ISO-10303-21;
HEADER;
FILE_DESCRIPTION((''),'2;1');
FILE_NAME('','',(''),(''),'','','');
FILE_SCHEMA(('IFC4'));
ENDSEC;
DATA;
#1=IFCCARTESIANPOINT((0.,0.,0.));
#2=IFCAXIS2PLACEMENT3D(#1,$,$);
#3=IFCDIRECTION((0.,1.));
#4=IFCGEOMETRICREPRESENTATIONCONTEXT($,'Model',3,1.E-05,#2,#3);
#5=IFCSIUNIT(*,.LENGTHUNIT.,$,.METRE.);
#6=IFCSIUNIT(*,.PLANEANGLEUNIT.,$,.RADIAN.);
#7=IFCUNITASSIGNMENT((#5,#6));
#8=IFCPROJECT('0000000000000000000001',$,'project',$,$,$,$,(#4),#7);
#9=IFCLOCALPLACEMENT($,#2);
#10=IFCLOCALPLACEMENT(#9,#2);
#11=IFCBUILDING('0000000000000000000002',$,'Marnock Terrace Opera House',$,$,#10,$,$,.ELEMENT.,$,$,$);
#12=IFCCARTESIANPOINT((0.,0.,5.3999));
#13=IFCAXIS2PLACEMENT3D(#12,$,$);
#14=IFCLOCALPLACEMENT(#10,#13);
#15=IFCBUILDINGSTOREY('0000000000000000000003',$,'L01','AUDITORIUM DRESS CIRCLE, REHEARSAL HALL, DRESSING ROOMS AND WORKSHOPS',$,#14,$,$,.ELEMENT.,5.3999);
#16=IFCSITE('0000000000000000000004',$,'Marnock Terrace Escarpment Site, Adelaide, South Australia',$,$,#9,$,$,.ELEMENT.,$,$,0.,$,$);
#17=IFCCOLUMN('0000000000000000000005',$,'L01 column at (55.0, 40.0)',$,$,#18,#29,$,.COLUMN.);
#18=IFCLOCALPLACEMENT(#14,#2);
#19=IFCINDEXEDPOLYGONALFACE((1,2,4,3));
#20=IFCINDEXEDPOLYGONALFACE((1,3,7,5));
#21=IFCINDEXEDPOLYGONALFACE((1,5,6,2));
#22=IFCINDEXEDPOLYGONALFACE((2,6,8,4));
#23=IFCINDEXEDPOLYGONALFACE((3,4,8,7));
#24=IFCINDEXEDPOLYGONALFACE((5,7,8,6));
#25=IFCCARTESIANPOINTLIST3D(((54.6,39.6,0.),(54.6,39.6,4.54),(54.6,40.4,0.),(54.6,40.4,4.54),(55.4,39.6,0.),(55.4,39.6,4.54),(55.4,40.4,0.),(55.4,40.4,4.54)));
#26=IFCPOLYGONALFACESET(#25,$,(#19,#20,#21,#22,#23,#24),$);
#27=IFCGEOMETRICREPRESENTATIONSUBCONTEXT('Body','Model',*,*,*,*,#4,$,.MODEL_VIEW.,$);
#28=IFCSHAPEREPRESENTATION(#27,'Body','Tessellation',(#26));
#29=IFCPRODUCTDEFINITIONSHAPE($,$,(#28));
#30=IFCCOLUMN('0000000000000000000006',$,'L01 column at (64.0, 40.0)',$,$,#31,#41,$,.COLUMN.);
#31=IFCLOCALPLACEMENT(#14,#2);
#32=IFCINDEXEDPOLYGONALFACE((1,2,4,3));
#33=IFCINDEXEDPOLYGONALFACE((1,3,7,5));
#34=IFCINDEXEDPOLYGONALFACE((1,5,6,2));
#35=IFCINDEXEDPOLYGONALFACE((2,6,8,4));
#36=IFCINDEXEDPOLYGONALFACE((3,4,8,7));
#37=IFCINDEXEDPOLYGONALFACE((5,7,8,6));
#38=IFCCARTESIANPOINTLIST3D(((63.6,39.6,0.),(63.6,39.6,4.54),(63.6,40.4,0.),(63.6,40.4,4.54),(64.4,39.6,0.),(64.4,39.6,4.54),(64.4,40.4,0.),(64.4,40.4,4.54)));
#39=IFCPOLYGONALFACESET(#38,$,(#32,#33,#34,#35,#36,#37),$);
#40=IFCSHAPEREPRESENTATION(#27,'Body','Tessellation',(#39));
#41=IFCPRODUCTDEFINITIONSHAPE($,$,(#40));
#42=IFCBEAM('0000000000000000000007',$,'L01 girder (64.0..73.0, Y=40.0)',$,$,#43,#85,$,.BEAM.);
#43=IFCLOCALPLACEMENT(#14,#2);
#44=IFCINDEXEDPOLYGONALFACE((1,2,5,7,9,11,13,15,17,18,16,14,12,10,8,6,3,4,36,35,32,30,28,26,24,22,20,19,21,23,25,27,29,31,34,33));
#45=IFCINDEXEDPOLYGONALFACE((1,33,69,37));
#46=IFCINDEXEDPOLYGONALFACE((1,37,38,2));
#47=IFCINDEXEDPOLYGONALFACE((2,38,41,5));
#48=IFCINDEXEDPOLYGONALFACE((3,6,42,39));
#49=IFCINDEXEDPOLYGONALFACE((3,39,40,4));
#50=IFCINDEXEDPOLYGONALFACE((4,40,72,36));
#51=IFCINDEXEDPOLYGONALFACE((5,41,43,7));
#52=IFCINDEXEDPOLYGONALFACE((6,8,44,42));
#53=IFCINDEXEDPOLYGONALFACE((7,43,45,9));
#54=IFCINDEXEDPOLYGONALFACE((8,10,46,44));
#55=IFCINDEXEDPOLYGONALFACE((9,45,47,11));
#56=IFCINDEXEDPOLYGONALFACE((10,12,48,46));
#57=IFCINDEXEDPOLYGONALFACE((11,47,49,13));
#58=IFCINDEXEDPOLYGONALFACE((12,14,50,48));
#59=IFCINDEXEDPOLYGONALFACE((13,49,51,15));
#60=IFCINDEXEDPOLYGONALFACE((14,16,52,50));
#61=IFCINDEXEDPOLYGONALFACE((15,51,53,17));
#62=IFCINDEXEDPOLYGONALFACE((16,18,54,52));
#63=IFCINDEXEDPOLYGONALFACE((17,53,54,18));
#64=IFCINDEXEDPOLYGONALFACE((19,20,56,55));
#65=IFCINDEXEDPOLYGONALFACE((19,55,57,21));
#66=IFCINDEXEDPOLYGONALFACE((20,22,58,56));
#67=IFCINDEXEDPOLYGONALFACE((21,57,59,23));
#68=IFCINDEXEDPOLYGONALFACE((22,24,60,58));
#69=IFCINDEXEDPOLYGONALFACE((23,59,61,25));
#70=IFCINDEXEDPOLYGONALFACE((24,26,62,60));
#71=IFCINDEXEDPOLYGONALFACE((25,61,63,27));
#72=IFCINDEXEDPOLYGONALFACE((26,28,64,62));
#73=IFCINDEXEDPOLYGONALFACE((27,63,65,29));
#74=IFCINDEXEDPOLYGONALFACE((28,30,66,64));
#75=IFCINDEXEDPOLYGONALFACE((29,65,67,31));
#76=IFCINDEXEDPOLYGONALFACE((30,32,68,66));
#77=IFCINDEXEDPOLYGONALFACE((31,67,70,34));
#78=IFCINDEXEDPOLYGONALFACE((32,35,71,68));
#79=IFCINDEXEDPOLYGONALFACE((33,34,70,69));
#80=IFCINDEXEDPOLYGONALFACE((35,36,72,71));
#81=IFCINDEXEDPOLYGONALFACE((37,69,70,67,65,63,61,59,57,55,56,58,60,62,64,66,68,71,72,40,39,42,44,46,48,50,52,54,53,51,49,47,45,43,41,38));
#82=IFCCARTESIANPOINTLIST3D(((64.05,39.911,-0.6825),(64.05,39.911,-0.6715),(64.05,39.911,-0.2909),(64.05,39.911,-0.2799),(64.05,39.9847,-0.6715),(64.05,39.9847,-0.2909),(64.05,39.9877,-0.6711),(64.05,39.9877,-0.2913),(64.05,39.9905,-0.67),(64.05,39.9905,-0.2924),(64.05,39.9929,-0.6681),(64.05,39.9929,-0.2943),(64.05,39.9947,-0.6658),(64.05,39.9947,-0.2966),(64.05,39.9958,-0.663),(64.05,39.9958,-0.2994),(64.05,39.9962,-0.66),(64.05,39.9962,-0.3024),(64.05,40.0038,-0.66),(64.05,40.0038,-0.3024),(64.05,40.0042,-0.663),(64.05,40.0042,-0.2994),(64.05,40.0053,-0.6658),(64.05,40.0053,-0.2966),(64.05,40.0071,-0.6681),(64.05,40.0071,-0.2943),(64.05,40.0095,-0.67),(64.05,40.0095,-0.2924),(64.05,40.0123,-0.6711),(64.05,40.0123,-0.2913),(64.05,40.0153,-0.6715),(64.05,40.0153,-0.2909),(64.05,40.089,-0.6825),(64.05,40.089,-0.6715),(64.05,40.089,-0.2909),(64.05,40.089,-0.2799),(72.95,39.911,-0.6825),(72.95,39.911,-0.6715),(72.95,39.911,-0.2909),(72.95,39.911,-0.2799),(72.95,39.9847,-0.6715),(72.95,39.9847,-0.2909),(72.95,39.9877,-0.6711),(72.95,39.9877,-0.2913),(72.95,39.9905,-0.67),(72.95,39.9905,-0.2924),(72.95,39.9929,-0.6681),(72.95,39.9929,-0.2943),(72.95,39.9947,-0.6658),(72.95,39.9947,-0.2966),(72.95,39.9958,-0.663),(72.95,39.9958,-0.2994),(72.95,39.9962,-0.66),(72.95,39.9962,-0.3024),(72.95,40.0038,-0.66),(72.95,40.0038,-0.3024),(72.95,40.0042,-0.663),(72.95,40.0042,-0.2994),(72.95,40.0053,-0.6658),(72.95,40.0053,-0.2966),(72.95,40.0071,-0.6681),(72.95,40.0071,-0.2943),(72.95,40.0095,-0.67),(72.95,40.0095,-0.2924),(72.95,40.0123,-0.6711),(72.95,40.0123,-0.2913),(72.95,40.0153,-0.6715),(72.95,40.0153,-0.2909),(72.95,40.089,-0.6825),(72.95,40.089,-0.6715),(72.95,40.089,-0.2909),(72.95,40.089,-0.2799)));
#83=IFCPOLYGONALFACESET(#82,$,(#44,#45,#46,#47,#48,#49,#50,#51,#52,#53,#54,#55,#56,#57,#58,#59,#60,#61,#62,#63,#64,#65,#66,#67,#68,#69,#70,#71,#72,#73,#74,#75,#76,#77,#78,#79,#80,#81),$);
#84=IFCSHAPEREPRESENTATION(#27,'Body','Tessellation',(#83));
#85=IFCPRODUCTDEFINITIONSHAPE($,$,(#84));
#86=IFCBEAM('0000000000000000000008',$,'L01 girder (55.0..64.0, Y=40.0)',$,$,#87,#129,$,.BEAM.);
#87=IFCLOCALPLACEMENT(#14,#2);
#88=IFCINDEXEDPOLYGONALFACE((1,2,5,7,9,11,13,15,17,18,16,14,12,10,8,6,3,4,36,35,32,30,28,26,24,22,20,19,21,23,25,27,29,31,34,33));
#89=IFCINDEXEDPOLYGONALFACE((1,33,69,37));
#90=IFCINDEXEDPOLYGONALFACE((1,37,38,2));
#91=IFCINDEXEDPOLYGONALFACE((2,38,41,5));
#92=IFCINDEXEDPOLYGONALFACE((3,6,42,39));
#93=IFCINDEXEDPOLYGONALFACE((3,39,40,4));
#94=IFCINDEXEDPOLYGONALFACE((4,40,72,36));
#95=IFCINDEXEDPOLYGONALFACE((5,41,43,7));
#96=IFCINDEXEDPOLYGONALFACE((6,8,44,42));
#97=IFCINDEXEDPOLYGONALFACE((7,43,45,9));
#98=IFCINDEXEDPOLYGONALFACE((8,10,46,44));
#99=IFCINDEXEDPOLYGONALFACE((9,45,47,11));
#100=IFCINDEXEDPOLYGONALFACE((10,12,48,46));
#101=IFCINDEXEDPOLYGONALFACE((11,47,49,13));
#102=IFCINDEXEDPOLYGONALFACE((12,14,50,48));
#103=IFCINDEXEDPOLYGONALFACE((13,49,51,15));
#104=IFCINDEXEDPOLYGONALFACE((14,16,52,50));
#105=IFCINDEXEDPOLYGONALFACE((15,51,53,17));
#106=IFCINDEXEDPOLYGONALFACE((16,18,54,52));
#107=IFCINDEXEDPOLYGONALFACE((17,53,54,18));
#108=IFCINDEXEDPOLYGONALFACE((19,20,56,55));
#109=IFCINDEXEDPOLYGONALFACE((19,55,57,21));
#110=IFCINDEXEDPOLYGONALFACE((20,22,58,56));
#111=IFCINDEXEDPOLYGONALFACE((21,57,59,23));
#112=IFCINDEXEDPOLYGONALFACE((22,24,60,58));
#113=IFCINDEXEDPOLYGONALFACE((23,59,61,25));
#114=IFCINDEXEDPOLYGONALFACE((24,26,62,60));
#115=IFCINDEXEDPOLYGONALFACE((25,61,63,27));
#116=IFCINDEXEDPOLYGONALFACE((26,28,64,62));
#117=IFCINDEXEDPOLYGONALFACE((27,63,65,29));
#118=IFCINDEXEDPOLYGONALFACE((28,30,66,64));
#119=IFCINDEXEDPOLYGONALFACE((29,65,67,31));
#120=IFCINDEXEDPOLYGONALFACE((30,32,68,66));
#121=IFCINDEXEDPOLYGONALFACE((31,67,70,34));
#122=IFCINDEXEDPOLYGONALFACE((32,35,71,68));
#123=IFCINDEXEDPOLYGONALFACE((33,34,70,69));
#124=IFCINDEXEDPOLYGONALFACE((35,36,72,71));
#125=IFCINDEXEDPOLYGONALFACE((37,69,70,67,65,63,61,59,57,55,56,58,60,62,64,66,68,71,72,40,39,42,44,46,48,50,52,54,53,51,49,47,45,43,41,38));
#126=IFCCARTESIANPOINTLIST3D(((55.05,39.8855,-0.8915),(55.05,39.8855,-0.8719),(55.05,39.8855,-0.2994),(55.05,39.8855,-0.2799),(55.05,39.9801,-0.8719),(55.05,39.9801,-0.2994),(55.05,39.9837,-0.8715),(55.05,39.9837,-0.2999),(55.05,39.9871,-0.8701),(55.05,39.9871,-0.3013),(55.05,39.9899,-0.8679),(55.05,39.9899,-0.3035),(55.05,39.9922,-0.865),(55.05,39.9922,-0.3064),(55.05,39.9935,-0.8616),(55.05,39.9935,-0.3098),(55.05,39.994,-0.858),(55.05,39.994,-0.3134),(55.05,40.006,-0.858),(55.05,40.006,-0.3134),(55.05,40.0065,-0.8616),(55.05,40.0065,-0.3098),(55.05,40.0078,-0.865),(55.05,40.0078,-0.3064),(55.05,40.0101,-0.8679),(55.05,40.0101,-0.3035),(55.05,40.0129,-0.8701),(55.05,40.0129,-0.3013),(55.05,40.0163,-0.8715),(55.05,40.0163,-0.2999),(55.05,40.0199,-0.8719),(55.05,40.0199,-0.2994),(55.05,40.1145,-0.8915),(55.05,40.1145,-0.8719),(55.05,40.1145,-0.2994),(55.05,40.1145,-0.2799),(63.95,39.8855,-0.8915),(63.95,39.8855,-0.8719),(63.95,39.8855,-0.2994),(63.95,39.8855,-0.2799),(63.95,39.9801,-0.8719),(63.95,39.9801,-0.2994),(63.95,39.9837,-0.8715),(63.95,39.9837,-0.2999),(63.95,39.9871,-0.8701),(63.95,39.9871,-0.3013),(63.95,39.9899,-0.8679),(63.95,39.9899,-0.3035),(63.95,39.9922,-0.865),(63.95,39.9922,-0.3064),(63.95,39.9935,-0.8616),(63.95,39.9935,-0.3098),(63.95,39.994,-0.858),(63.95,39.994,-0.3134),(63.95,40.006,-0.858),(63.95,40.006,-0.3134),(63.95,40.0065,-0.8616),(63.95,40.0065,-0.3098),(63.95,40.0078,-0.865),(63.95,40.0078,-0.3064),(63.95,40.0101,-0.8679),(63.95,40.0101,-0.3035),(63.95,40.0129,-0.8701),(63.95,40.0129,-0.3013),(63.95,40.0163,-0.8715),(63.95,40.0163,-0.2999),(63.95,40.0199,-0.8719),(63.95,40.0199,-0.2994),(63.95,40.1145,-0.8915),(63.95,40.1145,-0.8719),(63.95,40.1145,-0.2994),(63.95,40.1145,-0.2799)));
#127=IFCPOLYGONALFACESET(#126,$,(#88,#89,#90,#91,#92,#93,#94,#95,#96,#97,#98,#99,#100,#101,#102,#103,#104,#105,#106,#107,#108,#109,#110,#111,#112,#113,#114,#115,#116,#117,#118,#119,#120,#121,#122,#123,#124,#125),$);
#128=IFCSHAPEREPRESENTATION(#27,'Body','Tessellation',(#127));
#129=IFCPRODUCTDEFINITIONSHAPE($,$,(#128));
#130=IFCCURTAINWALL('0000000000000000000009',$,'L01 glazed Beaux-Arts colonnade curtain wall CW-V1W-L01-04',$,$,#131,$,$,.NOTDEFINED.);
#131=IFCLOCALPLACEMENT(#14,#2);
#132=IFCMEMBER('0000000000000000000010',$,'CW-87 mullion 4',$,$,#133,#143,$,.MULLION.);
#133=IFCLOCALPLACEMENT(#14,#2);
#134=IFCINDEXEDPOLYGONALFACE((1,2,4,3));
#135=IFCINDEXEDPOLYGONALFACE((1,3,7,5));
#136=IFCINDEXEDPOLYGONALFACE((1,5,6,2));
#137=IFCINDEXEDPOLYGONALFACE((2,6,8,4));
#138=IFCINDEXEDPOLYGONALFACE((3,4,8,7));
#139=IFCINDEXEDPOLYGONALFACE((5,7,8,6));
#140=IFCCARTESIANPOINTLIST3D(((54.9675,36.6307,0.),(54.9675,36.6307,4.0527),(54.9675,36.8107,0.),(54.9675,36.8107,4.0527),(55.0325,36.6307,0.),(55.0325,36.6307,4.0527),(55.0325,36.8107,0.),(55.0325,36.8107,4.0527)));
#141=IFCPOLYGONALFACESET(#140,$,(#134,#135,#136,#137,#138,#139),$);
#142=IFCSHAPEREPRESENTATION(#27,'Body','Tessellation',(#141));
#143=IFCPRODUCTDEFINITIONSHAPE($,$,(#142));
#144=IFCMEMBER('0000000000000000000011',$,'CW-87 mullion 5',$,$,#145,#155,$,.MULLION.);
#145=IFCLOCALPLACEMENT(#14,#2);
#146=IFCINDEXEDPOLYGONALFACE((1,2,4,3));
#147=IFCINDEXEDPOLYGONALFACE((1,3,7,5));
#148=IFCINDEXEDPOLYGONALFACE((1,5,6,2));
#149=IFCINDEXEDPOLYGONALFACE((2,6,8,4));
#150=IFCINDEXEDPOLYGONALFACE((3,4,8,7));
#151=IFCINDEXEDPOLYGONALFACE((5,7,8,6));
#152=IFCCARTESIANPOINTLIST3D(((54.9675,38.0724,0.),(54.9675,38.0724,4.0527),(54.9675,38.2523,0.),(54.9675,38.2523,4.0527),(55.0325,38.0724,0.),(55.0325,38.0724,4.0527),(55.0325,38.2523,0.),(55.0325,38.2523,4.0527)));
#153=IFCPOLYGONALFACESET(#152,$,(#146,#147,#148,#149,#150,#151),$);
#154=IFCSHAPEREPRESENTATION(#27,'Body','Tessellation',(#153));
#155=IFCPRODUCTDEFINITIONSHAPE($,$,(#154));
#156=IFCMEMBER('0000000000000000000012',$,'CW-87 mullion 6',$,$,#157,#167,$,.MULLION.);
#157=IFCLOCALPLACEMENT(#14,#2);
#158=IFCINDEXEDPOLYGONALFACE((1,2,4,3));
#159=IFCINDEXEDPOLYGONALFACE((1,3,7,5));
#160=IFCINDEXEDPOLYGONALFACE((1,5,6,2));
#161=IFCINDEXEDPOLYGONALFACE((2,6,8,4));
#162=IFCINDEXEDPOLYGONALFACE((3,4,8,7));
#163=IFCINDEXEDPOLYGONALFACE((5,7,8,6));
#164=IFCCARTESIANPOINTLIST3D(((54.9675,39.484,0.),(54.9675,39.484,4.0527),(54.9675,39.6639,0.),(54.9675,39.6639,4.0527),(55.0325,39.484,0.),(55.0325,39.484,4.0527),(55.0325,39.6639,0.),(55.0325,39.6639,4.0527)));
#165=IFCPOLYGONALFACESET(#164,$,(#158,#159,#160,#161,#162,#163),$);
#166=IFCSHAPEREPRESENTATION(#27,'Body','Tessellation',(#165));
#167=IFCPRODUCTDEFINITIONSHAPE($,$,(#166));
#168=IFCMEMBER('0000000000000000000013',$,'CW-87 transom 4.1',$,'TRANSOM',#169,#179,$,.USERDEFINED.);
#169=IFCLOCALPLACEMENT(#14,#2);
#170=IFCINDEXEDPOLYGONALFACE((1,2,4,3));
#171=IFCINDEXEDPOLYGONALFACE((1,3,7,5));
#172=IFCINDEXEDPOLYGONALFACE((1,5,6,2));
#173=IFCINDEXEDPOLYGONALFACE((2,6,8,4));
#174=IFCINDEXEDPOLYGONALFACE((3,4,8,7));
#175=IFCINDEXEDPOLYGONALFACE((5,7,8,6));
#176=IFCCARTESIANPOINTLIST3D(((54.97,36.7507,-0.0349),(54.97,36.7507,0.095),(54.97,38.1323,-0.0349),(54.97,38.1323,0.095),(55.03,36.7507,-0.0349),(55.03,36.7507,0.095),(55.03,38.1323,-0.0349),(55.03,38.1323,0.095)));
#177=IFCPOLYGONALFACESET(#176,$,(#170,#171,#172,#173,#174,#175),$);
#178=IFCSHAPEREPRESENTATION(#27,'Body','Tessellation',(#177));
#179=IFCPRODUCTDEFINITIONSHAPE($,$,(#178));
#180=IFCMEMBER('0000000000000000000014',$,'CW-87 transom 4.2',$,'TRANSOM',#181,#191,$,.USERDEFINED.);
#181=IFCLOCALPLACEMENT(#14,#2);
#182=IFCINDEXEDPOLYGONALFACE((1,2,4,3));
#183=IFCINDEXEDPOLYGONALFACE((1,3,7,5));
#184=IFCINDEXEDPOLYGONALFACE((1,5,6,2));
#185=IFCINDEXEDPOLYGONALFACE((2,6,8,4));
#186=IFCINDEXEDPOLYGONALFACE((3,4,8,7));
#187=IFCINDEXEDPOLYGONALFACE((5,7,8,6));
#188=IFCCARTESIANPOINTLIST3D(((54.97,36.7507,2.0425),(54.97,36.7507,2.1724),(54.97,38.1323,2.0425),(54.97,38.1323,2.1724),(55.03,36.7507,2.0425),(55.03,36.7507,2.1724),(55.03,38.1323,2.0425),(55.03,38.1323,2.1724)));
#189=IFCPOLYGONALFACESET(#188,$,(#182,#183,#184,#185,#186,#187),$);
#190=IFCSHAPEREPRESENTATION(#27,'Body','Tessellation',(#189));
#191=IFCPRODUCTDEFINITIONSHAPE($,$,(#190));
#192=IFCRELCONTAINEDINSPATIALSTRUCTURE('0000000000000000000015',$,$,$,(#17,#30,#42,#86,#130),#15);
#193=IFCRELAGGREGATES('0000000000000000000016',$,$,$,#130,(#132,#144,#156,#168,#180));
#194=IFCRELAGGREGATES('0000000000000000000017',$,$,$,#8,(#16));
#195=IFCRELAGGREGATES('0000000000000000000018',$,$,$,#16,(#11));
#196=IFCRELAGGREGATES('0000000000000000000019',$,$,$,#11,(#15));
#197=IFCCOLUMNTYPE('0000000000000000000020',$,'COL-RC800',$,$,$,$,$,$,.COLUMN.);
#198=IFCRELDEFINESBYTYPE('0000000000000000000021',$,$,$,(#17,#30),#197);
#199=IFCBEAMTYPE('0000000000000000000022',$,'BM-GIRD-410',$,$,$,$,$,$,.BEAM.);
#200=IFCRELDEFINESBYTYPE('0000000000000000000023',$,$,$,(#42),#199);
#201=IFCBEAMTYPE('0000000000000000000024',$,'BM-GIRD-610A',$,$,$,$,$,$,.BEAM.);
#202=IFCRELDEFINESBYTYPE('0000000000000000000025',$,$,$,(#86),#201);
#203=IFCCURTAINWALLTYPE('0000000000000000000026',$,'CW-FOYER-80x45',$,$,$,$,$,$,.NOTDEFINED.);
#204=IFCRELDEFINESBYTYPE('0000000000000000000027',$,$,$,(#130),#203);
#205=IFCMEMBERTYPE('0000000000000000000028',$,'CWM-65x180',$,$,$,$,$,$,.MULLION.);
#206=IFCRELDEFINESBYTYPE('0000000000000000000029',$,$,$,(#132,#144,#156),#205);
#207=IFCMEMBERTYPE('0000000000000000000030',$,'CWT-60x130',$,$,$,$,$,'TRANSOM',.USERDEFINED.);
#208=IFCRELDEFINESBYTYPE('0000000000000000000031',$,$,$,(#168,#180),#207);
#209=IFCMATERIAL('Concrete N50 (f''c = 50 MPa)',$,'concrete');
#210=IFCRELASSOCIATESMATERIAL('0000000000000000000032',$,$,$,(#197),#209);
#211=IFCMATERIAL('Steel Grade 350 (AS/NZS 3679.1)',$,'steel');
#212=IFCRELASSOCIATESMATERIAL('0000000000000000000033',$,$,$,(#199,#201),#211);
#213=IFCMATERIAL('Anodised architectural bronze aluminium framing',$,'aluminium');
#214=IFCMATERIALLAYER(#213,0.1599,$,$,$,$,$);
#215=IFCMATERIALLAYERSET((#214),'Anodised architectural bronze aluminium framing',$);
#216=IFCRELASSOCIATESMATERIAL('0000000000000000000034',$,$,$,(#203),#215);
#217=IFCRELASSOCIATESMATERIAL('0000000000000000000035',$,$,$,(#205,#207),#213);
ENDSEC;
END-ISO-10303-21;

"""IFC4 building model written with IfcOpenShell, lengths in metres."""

from ifc_helpers import new_model, si_unit, direction, frame, origin, origin_2d, place, context, subcontext, project, spatial, rectangle, i_section, extrude, material, layer, layer_set, material_profile, profile_set, type_object, element, aggregate, save


model = new_model("IFC4")

# Units and contexts
model_context = context("Model", 3, precision=1e-05, world=origin(), true_north=direction((0.0, 1.0)))
body_context = subcontext(model_context, "Body", "Model", "MODEL_VIEW")
ifc_project = project(units=[si_unit("LENGTHUNIT", "METRE"), si_unit("PLANEANGLEUNIT", "RADIAN")], contexts=[model_context])

# Site, building, storey
site_placement = place(None, origin())
site = spatial("IfcSite", under=ifc_project, at=site_placement, Name="Marnock Terrace Escarpment Site, Adelaide, South Australia", CompositionType="ELEMENT", RefElevation=0.0)
building_placement = place(site_placement, origin())
building = spatial("IfcBuilding", under=site, at=building_placement, Name="Marnock Terrace Opera House", CompositionType="ELEMENT")
storey_placement = place(building_placement, frame((0.0, 0.0, 5.3999)))
storey = spatial("IfcBuildingStorey", under=building, at=storey_placement, Name="L01", Description="AUDITORIUM DRESS CIRCLE, REHEARSAL HALL, DRESSING ROOMS AND WORKSHOPS", CompositionType="ELEMENT", Elevation=5.3999)

# Columns
ifc_material_1 = material(Name="Concrete N50 (f'c = 50 MPa)", Category="concrete")
ifc_material_profile_1 = material_profile(ifc_material_1, rectangle(XDim=0.8, YDim=0.8, at=origin_2d()))
ifc_profile_set_1 = profile_set([ifc_material_profile_1], Name="Concrete N50 (f'c = 50 MPa)")
column_type = type_object("IfcColumnType", Name="COL-RC800", PredefinedType="COLUMN", material=ifc_profile_set_1)
for number, where, z_axis, x_axis, name in (
    (1, (55.0, 40.0, 0.0), (0.0, 0.0, 1.0), (1.0, 0.0, 0.0), "L01 column at (55.0, 40.0)"),
    (2, (64.0, 40.0, 0.0), (0.0, 0.0, 1.0), (1.0, 0.0, 0.0), "L01 column at (64.0, 40.0)"),
):
    element("IfcColumn", number, at=place(storey_placement, frame(where, z_axis=z_axis, x_axis=x_axis)), inside=storey, type_object=column_type, Name=name, PredefinedType="COLUMN", context=body_context, shape_type="SweptSolid", body=[
        extrude(rectangle(XDim=0.8, YDim=0.8, at=origin_2d()), origin(), (0.0, 0.0, 1.0), 4.54),
    ])

# Beams
ifc_material_2 = material(Name="Steel Grade 350 (AS/NZS 3679.1)", Category="steel")
ifc_material_profile_2 = material_profile(ifc_material_2, i_section(OverallWidth=0.178, OverallDepth=0.4026, WebThickness=0.0076, FlangeThickness=0.011, FilletRadius=0.0115, at=origin_2d()))
ifc_profile_set_2 = profile_set([ifc_material_profile_2], Name="Steel Grade 350 (AS/NZS 3679.1)")
beam_type_1 = type_object("IfcBeamType", Name="BM-GIRD-410", PredefinedType="BEAM", material=ifc_profile_set_2)
beam_1_placement = place(storey_placement, frame((64.05, 40.0, -0.4812), z_axis=(1.0, 0.0, 0.0), x_axis=(0.0, 1.0, 0.0)))
element("IfcBeam", 3, at=beam_1_placement, inside=storey, type_object=beam_type_1, Name="L01 girder (64.0..73.0, Y=40.0)", PredefinedType="BEAM", context=body_context, shape_type="SweptSolid", body=[
    extrude(i_section(OverallWidth=0.178, OverallDepth=0.4026, WebThickness=0.0076, FlangeThickness=0.011, FilletRadius=0.0115, at=origin_2d()), origin(), (0.0, 0.0, 1.0), 8.8999),
])
ifc_material_profile_3 = material_profile(ifc_material_2, i_section(OverallWidth=0.229, OverallDepth=0.6116, WebThickness=0.012, FlangeThickness=0.0195, FilletRadius=0.0139, at=origin_2d()))
ifc_profile_set_3 = profile_set([ifc_material_profile_3], Name="Steel Grade 350 (AS/NZS 3679.1)")
beam_type_2 = type_object("IfcBeamType", Name="BM-GIRD-610A", PredefinedType="BEAM", material=ifc_profile_set_3)
beam_2_placement = place(storey_placement, frame((55.05, 40.0, -0.5857), z_axis=(1.0, 0.0, 0.0), x_axis=(0.0, 1.0, 0.0)))
element("IfcBeam", 4, at=beam_2_placement, inside=storey, type_object=beam_type_2, Name="L01 girder (55.0..64.0, Y=40.0)", PredefinedType="BEAM", context=body_context, shape_type="SweptSolid", body=[
    extrude(i_section(OverallWidth=0.229, OverallDepth=0.6116, WebThickness=0.012, FlangeThickness=0.0195, FilletRadius=0.0139, at=origin_2d()), origin(), (0.0, 0.0, 1.0), 8.8999),
])

# Curtain wall, members
ifc_material_3 = material(Name="Anodised architectural bronze aluminium framing", Category="aluminium")
ifc_layer_1 = layer(ifc_material_3, 0.1599)
ifc_layer_set_1 = layer_set([ifc_layer_1], Name="Anodised architectural bronze aluminium framing")
curtain_wall_type = type_object("IfcCurtainWallType", Name="CW-FOYER-80x45", PredefinedType="NOTDEFINED", material=ifc_layer_set_1)
curtain_wall_placement = place(storey_placement, origin())
curtain_wall = element("IfcCurtainWall", 5, at=curtain_wall_placement, inside=storey, type_object=curtain_wall_type, Name="L01 glazed Beaux-Arts colonnade curtain wall CW-V1W-L01-04", PredefinedType="NOTDEFINED")
ifc_material_profile_4 = material_profile(ifc_material_3, rectangle(XDim=0.0649, YDim=0.1799, at=origin_2d()))
ifc_profile_set_4 = profile_set([ifc_material_profile_4], Name="Anodised architectural bronze aluminium framing")
member_type_1 = type_object("IfcMemberType", Name="CWM-65x180", PredefinedType="MULLION", material=ifc_profile_set_4)
member_1_placement = place(storey_placement, frame((55.0, 36.7207, 0.0), z_axis=(0.0, 0.0, 1.0), x_axis=(-1.0, 0.0, 0.0)))
member_1 = element("IfcMember", 6, at=member_1_placement, type_object=member_type_1, Name="CW-87 mullion 4", PredefinedType="MULLION", context=body_context, shape_type="SweptSolid", body=[
    extrude(rectangle(XDim=0.0649, YDim=0.1799, at=origin_2d()), origin(), (0.0, 0.0, 1.0), 4.0527),
])
member_2_placement = place(storey_placement, frame((55.0, 38.1624, 0.0), z_axis=(0.0, 0.0, 1.0), x_axis=(-1.0, 0.0, 0.0)))
member_2 = element("IfcMember", 7, at=member_2_placement, type_object=member_type_1, Name="CW-87 mullion 5", PredefinedType="MULLION", context=body_context, shape_type="SweptSolid", body=[
    extrude(rectangle(XDim=0.0649, YDim=0.1799, at=origin_2d()), origin(), (0.0, 0.0, 1.0), 4.0527),
])
member_3_placement = place(storey_placement, frame((55.0, 39.574, 0.0), z_axis=(0.0, 0.0, 1.0), x_axis=(-1.0, 0.0, 0.0)))
member_3 = element("IfcMember", 8, at=member_3_placement, type_object=member_type_1, Name="CW-87 mullion 6", PredefinedType="MULLION", context=body_context, shape_type="SweptSolid", body=[
    extrude(rectangle(XDim=0.0649, YDim=0.1799, at=origin_2d()), origin(), (0.0, 0.0, 1.0), 4.0527),
])
ifc_material_profile_5 = material_profile(ifc_material_3, rectangle(XDim=0.0601, YDim=0.1299, at=origin_2d()))
ifc_profile_set_5 = profile_set([ifc_material_profile_5], Name="Anodised architectural bronze aluminium framing")
member_type_2 = type_object("IfcMemberType", Name="CWT-60x130", ElementType="TRANSOM", PredefinedType="USERDEFINED", material=ifc_profile_set_5)
member_4_placement = place(storey_placement, frame((55.0, 36.7507, 0.03), z_axis=(0.0, 1.0, 0.0), x_axis=(-1.0, 0.0, 0.0)))
member_4 = element("IfcMember", 9, at=member_4_placement, type_object=member_type_2, Name="CW-87 transom 4.1", ObjectType="TRANSOM", PredefinedType="USERDEFINED", context=body_context, shape_type="SweptSolid", body=[
    extrude(rectangle(XDim=0.0601, YDim=0.1299, at=origin_2d()), origin(), (0.0, 0.0, 1.0), 1.3816),
])
member_5_placement = place(storey_placement, frame((55.0, 36.7507, 2.1074), z_axis=(0.0, 1.0, 0.0), x_axis=(-1.0, 0.0, 0.0)))
member_5 = element("IfcMember", 10, at=member_5_placement, type_object=member_type_2, Name="CW-87 transom 4.2", ObjectType="TRANSOM", PredefinedType="USERDEFINED", context=body_context, shape_type="SweptSolid", body=[
    extrude(rectangle(XDim=0.0601, YDim=0.1299, at=origin_2d()), origin(), (0.0, 0.0, 1.0), 1.3816),
])
aggregate(curtain_wall, [member_1, member_2, member_3, member_4, member_5])

save(model, "model.ifc")
